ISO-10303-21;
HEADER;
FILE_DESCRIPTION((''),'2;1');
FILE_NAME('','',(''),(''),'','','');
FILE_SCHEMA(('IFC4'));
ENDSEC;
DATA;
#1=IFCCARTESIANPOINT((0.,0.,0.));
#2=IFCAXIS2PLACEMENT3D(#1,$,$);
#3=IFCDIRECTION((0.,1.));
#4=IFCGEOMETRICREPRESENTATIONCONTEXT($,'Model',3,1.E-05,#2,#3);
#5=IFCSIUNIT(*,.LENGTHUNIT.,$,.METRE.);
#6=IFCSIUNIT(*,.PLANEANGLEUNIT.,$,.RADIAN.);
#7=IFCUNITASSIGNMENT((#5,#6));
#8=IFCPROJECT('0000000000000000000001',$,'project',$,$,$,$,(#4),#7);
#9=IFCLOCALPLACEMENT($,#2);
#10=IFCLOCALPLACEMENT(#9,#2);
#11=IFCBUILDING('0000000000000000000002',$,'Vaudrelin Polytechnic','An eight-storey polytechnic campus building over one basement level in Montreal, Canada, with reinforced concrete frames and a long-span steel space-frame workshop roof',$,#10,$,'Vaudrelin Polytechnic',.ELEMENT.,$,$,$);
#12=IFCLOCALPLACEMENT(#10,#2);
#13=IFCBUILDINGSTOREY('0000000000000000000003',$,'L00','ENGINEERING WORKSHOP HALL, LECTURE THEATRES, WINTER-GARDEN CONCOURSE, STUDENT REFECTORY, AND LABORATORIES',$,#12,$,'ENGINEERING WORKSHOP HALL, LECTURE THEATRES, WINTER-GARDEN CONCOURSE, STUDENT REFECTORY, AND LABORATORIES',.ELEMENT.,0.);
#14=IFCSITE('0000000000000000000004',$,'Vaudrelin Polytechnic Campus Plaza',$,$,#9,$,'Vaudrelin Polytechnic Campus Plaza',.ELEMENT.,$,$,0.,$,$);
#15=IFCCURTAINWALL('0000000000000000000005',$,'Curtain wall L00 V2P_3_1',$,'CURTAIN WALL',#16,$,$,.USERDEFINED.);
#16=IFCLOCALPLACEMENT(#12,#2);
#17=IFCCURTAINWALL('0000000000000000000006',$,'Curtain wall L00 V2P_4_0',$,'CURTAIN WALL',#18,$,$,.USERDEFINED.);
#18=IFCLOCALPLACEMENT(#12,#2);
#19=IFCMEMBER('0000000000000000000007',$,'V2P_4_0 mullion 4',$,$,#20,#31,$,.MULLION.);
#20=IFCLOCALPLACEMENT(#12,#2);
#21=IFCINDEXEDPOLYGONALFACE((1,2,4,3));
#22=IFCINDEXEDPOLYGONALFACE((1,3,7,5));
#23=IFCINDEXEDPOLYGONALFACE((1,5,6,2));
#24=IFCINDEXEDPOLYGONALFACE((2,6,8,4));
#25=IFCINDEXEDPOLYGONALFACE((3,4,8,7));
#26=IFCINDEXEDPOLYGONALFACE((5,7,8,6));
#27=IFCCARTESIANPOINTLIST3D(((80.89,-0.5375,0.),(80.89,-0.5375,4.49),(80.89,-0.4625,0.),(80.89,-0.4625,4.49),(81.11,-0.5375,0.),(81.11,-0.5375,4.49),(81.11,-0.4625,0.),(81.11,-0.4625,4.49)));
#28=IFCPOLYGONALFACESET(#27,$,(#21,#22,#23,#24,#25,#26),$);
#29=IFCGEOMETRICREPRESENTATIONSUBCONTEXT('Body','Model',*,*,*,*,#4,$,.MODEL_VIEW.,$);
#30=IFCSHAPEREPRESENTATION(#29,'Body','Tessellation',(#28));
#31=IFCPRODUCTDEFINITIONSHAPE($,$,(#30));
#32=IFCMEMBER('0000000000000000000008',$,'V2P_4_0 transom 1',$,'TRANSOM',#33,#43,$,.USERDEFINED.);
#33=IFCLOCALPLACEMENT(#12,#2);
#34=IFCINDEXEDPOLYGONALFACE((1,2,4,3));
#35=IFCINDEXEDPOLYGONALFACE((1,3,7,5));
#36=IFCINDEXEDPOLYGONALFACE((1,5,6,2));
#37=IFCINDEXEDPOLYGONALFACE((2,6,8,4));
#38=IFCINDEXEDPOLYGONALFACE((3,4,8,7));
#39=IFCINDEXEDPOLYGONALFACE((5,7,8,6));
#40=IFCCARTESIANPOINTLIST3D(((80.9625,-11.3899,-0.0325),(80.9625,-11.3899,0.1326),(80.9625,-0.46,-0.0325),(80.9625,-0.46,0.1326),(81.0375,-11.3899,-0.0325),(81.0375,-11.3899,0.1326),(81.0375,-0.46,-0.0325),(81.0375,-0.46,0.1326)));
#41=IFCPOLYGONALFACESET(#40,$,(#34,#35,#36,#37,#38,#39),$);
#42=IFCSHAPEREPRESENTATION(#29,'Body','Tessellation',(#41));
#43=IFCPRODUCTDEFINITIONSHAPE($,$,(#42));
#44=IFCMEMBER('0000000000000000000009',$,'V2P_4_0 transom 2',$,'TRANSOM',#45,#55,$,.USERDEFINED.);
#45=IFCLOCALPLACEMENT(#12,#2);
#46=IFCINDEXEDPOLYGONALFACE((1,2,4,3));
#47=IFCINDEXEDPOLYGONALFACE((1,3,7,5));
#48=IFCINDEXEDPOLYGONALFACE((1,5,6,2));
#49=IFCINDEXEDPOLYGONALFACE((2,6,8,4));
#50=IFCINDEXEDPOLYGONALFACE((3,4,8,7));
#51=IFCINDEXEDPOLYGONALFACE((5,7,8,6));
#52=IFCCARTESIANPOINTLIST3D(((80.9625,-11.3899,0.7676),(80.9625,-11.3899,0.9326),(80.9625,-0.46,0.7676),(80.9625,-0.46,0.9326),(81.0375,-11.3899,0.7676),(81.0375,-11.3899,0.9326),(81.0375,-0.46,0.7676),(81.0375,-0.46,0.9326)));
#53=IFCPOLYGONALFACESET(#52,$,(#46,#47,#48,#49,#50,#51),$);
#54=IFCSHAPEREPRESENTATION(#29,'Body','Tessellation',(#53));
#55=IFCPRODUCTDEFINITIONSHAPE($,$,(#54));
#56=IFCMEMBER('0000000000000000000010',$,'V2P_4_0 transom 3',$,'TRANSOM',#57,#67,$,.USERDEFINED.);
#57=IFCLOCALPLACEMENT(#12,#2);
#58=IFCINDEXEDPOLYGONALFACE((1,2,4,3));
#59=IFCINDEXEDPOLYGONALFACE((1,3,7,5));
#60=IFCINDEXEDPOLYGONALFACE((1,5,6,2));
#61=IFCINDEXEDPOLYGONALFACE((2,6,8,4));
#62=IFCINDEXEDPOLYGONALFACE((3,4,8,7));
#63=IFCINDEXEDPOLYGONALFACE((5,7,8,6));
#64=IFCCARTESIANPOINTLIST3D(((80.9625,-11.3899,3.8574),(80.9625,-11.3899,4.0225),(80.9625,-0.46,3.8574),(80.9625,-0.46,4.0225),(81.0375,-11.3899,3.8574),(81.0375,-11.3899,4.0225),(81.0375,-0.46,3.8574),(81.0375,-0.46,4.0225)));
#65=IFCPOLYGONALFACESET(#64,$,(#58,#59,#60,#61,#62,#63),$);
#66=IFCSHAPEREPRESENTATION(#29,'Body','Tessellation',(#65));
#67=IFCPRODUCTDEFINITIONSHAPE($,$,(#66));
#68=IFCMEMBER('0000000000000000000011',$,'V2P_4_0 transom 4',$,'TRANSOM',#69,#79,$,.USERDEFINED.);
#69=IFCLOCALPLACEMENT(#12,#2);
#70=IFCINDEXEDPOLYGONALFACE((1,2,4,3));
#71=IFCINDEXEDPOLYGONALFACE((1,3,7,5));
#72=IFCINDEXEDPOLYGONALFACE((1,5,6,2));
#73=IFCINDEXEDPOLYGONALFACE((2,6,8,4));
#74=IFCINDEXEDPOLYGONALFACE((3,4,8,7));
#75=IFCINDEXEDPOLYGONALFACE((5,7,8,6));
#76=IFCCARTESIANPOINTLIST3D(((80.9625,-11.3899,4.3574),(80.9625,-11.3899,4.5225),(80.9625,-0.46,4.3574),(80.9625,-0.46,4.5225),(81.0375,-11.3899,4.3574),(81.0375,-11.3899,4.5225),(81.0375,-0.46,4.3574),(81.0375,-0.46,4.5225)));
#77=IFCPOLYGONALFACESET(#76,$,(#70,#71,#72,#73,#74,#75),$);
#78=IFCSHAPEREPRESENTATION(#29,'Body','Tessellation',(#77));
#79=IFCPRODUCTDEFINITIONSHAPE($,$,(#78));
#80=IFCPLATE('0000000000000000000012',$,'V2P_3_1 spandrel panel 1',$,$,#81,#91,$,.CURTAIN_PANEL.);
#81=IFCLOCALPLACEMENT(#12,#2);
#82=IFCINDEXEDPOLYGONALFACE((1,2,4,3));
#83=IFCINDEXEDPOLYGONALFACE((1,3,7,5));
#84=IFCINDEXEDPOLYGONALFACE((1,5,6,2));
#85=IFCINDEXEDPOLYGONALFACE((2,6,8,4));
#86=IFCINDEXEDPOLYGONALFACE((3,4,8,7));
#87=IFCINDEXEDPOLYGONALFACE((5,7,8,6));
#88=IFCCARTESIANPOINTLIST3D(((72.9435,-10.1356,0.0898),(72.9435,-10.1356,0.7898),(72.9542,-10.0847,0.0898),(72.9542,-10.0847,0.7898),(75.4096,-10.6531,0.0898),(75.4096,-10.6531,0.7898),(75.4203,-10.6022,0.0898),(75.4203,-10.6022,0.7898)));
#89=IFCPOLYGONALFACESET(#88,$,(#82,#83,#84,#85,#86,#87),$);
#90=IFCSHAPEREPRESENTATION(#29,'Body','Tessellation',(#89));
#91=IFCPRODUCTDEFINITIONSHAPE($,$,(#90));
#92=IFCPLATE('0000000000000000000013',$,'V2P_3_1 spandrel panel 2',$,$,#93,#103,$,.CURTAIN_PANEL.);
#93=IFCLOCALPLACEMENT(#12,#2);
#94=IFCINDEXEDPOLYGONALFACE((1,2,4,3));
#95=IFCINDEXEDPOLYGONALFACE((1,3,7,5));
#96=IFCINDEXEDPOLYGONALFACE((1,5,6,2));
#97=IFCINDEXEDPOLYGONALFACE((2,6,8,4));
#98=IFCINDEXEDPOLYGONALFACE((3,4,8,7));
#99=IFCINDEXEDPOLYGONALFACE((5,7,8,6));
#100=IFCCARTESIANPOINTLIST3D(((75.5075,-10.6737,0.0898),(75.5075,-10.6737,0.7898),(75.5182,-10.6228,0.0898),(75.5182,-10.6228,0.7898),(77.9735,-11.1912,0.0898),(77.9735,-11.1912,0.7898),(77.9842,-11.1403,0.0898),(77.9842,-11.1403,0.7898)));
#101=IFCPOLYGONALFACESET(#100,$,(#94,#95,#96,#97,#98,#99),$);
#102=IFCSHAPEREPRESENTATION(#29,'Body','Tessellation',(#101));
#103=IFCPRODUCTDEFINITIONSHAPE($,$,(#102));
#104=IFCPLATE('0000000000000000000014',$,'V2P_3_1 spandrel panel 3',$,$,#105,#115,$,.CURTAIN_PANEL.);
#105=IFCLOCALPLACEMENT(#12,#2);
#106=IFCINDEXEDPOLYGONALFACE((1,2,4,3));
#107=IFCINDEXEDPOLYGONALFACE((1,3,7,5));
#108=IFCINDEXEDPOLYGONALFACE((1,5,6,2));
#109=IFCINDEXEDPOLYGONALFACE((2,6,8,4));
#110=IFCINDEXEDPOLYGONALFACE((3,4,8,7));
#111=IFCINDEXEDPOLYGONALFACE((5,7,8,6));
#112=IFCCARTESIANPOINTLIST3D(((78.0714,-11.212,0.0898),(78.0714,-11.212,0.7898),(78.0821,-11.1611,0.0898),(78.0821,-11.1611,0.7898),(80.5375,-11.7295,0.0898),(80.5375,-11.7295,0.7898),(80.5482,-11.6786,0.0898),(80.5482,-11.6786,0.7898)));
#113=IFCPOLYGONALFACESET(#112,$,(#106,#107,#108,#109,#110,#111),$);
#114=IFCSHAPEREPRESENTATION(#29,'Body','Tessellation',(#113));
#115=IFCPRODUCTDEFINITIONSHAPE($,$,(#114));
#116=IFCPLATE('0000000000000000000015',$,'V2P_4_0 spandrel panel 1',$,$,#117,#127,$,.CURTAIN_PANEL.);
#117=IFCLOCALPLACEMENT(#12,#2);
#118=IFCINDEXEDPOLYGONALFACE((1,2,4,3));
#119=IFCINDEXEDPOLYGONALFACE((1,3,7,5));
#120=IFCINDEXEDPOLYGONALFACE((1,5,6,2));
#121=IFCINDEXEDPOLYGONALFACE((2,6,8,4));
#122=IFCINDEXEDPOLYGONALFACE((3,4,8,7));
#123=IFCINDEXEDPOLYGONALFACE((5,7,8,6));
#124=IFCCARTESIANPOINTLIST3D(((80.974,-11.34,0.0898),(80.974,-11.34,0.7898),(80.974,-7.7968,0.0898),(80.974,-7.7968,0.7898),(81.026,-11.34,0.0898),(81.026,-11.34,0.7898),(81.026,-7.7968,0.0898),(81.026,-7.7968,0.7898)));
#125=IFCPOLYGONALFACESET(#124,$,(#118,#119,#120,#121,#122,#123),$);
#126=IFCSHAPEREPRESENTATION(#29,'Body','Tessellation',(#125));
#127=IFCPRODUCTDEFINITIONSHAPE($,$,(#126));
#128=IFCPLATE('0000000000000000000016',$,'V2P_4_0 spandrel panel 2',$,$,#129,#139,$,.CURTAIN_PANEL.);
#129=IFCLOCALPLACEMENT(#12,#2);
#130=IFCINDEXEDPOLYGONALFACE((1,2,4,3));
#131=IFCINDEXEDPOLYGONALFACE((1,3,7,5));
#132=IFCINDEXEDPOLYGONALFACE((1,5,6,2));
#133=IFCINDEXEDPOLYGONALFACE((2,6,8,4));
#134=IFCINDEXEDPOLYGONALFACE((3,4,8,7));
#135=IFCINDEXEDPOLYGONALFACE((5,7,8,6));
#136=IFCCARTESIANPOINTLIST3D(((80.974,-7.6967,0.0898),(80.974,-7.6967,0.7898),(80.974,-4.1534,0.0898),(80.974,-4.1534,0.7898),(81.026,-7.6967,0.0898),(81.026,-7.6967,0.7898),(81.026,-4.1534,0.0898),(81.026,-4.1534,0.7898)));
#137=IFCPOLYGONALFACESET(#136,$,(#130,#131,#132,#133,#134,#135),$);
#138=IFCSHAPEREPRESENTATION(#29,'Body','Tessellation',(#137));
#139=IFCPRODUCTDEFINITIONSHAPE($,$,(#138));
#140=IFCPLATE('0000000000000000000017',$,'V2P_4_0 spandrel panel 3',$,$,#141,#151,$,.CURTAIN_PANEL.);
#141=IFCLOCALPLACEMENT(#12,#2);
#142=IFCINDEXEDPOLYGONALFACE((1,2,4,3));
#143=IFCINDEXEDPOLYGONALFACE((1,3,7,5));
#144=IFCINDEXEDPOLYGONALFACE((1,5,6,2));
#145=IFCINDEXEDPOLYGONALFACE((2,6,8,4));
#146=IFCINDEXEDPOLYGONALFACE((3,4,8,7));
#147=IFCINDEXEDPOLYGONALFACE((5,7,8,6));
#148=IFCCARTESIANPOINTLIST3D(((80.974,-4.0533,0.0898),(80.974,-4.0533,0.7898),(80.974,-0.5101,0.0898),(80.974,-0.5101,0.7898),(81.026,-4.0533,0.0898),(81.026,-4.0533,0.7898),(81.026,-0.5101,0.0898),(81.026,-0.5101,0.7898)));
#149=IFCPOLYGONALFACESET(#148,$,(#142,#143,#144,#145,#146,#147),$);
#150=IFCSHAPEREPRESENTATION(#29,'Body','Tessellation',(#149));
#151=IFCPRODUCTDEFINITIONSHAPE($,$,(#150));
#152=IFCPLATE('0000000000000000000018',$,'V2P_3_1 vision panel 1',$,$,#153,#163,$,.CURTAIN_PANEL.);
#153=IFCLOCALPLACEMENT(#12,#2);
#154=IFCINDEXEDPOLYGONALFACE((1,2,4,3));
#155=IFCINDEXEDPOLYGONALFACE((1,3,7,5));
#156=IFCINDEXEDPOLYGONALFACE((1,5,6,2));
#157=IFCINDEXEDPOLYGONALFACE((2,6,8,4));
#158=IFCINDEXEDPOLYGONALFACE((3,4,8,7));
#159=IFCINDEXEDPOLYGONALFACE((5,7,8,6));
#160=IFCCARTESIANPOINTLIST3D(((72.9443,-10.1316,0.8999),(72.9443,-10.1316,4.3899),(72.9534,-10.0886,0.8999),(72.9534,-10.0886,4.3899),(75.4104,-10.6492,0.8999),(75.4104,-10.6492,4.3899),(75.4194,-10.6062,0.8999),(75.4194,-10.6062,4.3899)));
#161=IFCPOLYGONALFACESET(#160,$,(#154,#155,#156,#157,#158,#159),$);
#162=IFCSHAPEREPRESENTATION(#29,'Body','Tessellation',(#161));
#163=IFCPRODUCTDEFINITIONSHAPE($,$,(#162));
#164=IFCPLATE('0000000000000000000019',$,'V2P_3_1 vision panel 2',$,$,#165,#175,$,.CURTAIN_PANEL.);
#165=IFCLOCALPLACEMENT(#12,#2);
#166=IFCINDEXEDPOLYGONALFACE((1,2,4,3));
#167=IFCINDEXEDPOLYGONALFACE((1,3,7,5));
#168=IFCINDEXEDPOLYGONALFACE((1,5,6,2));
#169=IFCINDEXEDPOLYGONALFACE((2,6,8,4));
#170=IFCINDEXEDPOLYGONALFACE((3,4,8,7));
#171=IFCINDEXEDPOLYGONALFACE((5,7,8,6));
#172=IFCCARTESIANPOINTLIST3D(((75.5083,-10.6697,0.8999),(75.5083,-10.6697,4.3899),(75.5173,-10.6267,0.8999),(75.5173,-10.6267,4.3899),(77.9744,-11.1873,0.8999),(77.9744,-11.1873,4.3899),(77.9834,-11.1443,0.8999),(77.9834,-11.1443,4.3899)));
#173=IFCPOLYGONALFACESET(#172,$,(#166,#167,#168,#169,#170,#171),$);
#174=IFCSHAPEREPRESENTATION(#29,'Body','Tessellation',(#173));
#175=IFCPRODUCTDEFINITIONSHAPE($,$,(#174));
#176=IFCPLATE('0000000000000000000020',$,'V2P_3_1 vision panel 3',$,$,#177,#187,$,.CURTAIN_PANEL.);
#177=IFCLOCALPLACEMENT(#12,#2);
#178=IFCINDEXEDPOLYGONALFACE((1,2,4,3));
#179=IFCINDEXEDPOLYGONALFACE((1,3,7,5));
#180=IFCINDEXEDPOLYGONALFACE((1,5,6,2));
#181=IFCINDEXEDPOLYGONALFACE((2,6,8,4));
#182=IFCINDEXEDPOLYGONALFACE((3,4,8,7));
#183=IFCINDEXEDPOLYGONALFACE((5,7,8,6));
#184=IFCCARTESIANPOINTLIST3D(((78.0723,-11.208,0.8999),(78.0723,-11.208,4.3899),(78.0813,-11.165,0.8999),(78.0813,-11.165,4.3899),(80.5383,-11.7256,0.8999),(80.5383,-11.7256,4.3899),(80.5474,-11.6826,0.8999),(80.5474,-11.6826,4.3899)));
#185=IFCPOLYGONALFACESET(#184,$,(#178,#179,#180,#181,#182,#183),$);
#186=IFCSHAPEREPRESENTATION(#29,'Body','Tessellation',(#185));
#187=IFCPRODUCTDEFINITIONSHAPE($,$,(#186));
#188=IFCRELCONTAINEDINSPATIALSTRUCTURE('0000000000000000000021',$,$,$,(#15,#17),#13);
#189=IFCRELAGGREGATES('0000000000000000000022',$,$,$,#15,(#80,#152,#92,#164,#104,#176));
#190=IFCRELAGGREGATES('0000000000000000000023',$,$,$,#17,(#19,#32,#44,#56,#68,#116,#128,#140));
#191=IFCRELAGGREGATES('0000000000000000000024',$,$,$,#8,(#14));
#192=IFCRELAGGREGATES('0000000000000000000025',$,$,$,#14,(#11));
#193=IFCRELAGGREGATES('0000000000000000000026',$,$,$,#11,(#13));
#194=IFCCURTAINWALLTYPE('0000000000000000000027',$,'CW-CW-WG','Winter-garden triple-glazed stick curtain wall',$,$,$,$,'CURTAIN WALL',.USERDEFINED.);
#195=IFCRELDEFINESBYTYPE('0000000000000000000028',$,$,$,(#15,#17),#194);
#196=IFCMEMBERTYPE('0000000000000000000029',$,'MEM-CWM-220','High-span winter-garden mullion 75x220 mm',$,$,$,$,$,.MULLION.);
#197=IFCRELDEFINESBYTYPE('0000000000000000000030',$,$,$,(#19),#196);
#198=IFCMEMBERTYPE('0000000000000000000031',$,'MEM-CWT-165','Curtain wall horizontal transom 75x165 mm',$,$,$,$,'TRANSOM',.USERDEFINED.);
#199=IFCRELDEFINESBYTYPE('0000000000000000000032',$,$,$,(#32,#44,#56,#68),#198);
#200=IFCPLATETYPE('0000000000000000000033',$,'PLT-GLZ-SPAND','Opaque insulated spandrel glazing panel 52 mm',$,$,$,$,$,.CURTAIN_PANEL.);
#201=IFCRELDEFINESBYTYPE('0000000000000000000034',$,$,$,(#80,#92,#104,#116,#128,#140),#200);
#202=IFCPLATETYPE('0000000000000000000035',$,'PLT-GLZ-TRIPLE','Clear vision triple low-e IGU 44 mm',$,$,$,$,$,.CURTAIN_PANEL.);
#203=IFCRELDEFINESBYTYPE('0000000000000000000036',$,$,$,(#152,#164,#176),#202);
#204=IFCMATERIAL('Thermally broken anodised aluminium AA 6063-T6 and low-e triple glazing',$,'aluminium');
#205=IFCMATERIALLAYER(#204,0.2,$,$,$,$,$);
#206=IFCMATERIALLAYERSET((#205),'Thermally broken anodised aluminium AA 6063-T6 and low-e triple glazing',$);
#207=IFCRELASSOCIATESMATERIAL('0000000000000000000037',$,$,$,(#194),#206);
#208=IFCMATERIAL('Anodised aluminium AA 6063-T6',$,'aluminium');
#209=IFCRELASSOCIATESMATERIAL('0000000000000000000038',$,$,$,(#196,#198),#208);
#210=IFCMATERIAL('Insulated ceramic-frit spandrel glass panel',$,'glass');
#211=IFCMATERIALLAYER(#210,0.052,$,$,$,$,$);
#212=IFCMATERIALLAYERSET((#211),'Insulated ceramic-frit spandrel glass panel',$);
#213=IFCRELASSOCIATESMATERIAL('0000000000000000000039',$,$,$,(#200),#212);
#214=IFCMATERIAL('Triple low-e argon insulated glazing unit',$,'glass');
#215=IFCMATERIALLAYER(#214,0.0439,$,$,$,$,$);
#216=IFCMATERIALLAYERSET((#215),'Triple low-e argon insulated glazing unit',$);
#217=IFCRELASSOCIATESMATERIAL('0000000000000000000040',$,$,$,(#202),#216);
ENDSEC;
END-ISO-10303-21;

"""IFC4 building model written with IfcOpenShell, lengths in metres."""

from ifc_helpers import new_model, si_unit, direction, frame, origin, origin_2d, place, context, subcontext, project, spatial, rectangle, extrude, material, layer, layer_set, material_profile, profile_set, type_object, element, aggregate, save


model = new_model("IFC4")

# Units and contexts
model_context = context("Model", 3, precision=1e-05, world=origin(), true_north=direction((0.0, 1.0)))
body_context = subcontext(model_context, "Body", "Model", "MODEL_VIEW")
ifc_project = project(units=[si_unit("LENGTHUNIT", "METRE"), si_unit("PLANEANGLEUNIT", "RADIAN")], contexts=[model_context])

# Site, building, storey
site_placement = place(None, origin())
site = spatial("IfcSite", under=ifc_project, at=site_placement, Name="Vaudrelin Polytechnic Campus Plaza", LongName="Vaudrelin Polytechnic Campus Plaza", CompositionType="ELEMENT", RefElevation=0.0)
building_placement = place(site_placement, origin())
building = spatial("IfcBuilding", under=site, at=building_placement, Name="Vaudrelin Polytechnic", Description="An eight-storey polytechnic campus building over one basement level in Montreal, Canada, with reinforced concrete frames and a long-span steel space-frame workshop roof", LongName="Vaudrelin Polytechnic", CompositionType="ELEMENT")
storey_placement = place(building_placement, origin())
storey = spatial("IfcBuildingStorey", under=building, at=storey_placement, Name="L00", Description="ENGINEERING WORKSHOP HALL, LECTURE THEATRES, WINTER-GARDEN CONCOURSE, STUDENT REFECTORY, AND LABORATORIES", LongName="ENGINEERING WORKSHOP HALL, LECTURE THEATRES, WINTER-GARDEN CONCOURSE, STUDENT REFECTORY, AND LABORATORIES", CompositionType="ELEMENT", Elevation=0.0)

# Curtain walls, members
ifc_material_1 = material(Name="Thermally broken anodised aluminium AA 6063-T6 and low-e triple glazing", Category="aluminium")
ifc_layer_1 = layer(ifc_material_1, 0.2)
ifc_layer_set_1 = layer_set([ifc_layer_1], Name="Thermally broken anodised aluminium AA 6063-T6 and low-e triple glazing")
curtain_wall_type = type_object("IfcCurtainWallType", Name="CW-CW-WG", Description="Winter-garden triple-glazed stick curtain wall", ElementType="CURTAIN WALL", PredefinedType="USERDEFINED", material=ifc_layer_set_1)
curtain_wall_1_placement = place(storey_placement, origin())
curtain_wall_1 = element("IfcCurtainWall", 1, at=curtain_wall_1_placement, inside=storey, type_object=curtain_wall_type, Name="Curtain wall L00 V2P_3_1", ObjectType="CURTAIN WALL", PredefinedType="USERDEFINED")
ifc_material_2 = material(Name="Anodised aluminium AA 6063-T6", Category="aluminium")
ifc_material_profile_1 = material_profile(ifc_material_2, rectangle(XDim=0.075, YDim=0.22, at=origin_2d()), Name="CWM-75x220")
ifc_profile_set_1 = profile_set([ifc_material_profile_1], Name="Anodised aluminium AA 6063-T6")
member_type_1 = type_object("IfcMemberType", Name="MEM-CWM-220", Description="High-span winter-garden mullion 75x220 mm", PredefinedType="MULLION", material=ifc_profile_set_1)
curtain_wall_2_placement = place(storey_placement, origin())
curtain_wall_2 = element("IfcCurtainWall", 2, at=curtain_wall_2_placement, inside=storey, type_object=curtain_wall_type, Name="Curtain wall L00 V2P_4_0", ObjectType="CURTAIN WALL", PredefinedType="USERDEFINED")
member_1_placement = place(storey_placement, frame((81.0, -0.5, 0.0), z_axis=(0.0, 0.0, 1.0), x_axis=(0.0, 1.0, 0.0)))
member_1 = element("IfcMember", 3, at=member_1_placement, type_object=member_type_1, Name="V2P_4_0 mullion 4", PredefinedType="MULLION", context=body_context, shape_type="SweptSolid", body=[
    extrude(rectangle(XDim=0.075, YDim=0.22, at=origin_2d()), origin(), (0.0, 0.0, 1.0), 4.49),
])
ifc_material_profile_2 = material_profile(ifc_material_2, rectangle(XDim=0.075, YDim=0.165, at=origin_2d()), Name="CWT-75x165")
ifc_profile_set_2 = profile_set([ifc_material_profile_2], Name="Anodised aluminium AA 6063-T6")
member_type_2 = type_object("IfcMemberType", Name="MEM-CWT-165", Description="Curtain wall horizontal transom 75x165 mm", ElementType="TRANSOM", PredefinedType="USERDEFINED", material=ifc_profile_set_2)
member_2_placement = place(storey_placement, frame((81.0, -11.3899, 0.05), z_axis=(0.0, 1.0, 0.0), x_axis=(-1.0, 0.0, 0.0)))
member_2 = element("IfcMember", 4, at=member_2_placement, type_object=member_type_2, Name="V2P_4_0 transom 1", ObjectType="TRANSOM", PredefinedType="USERDEFINED", context=body_context, shape_type="SweptSolid", body=[
    extrude(rectangle(XDim=0.075, YDim=0.165, at=origin_2d()), origin(), (0.0, 0.0, 1.0), 10.9299),
])
member_3_placement = place(storey_placement, frame((81.0, -11.3899, 0.8501), z_axis=(0.0, 1.0, 0.0), x_axis=(-1.0, 0.0, 0.0)))
member_3 = element("IfcMember", 5, at=member_3_placement, type_object=member_type_2, Name="V2P_4_0 transom 2", ObjectType="TRANSOM", PredefinedType="USERDEFINED", context=body_context, shape_type="SweptSolid", body=[
    extrude(rectangle(XDim=0.075, YDim=0.165, at=origin_2d()), origin(), (0.0, 0.0, 1.0), 10.9299),
])
member_4_placement = place(storey_placement, frame((81.0, -11.3899, 3.9399), z_axis=(0.0, 1.0, 0.0), x_axis=(-1.0, 0.0, 0.0)))
member_4 = element("IfcMember", 6, at=member_4_placement, type_object=member_type_2, Name="V2P_4_0 transom 3", ObjectType="TRANSOM", PredefinedType="USERDEFINED", context=body_context, shape_type="SweptSolid", body=[
    extrude(rectangle(XDim=0.075, YDim=0.165, at=origin_2d()), origin(), (0.0, 0.0, 1.0), 10.9299),
])
member_5_placement = place(storey_placement, frame((81.0, -11.3899, 4.4399), z_axis=(0.0, 1.0, 0.0), x_axis=(-1.0, 0.0, 0.0)))
member_5 = element("IfcMember", 7, at=member_5_placement, type_object=member_type_2, Name="V2P_4_0 transom 4", ObjectType="TRANSOM", PredefinedType="USERDEFINED", context=body_context, shape_type="SweptSolid", body=[
    extrude(rectangle(XDim=0.075, YDim=0.165, at=origin_2d()), origin(), (0.0, 0.0, 1.0), 10.9299),
])

# Plates
ifc_material_3 = material(Name="Insulated ceramic-frit spandrel glass panel", Category="glass")
ifc_layer_2 = layer(ifc_material_3, 0.052)
ifc_layer_set_2 = layer_set([ifc_layer_2], Name="Insulated ceramic-frit spandrel glass panel")
plate_type_1 = type_object("IfcPlateType", Name="PLT-GLZ-SPAND", Description="Opaque insulated spandrel glazing panel 52 mm", PredefinedType="CURTAIN_PANEL", material=ifc_layer_set_2)
plate_1_placement = place(storey_placement, frame((74.1819, -10.3689, 0.0898), z_axis=(0.0, 0.0, 1.0), x_axis=(0.978679, -0.205398, 0.0)))
plate_1 = element("IfcPlate", 8, at=plate_1_placement, type_object=plate_type_1, Name="V2P_3_1 spandrel panel 1", PredefinedType="CURTAIN_PANEL", context=body_context, shape_type="SweptSolid", body=[
    extrude(rectangle(XDim=2.5198, YDim=0.052, at=origin_2d()), origin(), (0.0, 0.0, 1.0), 0.7),
])
plate_2_placement = place(storey_placement, frame((76.7458, -10.907, 0.0898), z_axis=(0.0, 0.0, 1.0), x_axis=(0.978679, -0.205398, 0.0)))
plate_2 = element("IfcPlate", 9, at=plate_2_placement, type_object=plate_type_1, Name="V2P_3_1 spandrel panel 2", PredefinedType="CURTAIN_PANEL", context=body_context, shape_type="SweptSolid", body=[
    extrude(rectangle(XDim=2.5198, YDim=0.052, at=origin_2d()), origin(), (0.0, 0.0, 1.0), 0.7),
])
plate_3_placement = place(storey_placement, frame((79.3098, -11.4453, 0.0898), z_axis=(0.0, 0.0, 1.0), x_axis=(0.978679, -0.205398, 0.0)))
plate_3 = element("IfcPlate", 10, at=plate_3_placement, type_object=plate_type_1, Name="V2P_3_1 spandrel panel 3", PredefinedType="CURTAIN_PANEL", context=body_context, shape_type="SweptSolid", body=[
    extrude(rectangle(XDim=2.5198, YDim=0.052, at=origin_2d()), origin(), (0.0, 0.0, 1.0), 0.7),
])
plate_4_placement = place(storey_placement, frame((81.0, -9.5684, 0.0898), z_axis=(0.0, 0.0, 1.0), x_axis=(0.0, 1.0, 0.0)))
plate_4 = element("IfcPlate", 11, at=plate_4_placement, type_object=plate_type_1, Name="V2P_4_0 spandrel panel 1", PredefinedType="CURTAIN_PANEL", context=body_context, shape_type="SweptSolid", body=[
    extrude(rectangle(XDim=3.5432, YDim=0.052, at=origin_2d()), origin(), (0.0, 0.0, 1.0), 0.7),
])
plate_5_placement = place(storey_placement, frame((81.0, -5.925, 0.0898), z_axis=(0.0, 0.0, 1.0), x_axis=(0.0, 1.0, 0.0)))
plate_5 = element("IfcPlate", 12, at=plate_5_placement, type_object=plate_type_1, Name="V2P_4_0 spandrel panel 2", PredefinedType="CURTAIN_PANEL", context=body_context, shape_type="SweptSolid", body=[
    extrude(rectangle(XDim=3.5432, YDim=0.052, at=origin_2d()), origin(), (0.0, 0.0, 1.0), 0.7),
])
plate_6_placement = place(storey_placement, frame((81.0, -2.2817, 0.0898), z_axis=(0.0, 0.0, 1.0), x_axis=(0.0, 1.0, 0.0)))
plate_6 = element("IfcPlate", 13, at=plate_6_placement, type_object=plate_type_1, Name="V2P_4_0 spandrel panel 3", PredefinedType="CURTAIN_PANEL", context=body_context, shape_type="SweptSolid", body=[
    extrude(rectangle(XDim=3.5432, YDim=0.052, at=origin_2d()), origin(), (0.0, 0.0, 1.0), 0.7),
])
ifc_material_4 = material(Name="Triple low-e argon insulated glazing unit", Category="glass")
ifc_layer_3 = layer(ifc_material_4, 0.0439)
ifc_layer_set_3 = layer_set([ifc_layer_3], Name="Triple low-e argon insulated glazing unit")
plate_type_2 = type_object("IfcPlateType", Name="PLT-GLZ-TRIPLE", Description="Clear vision triple low-e IGU 44 mm", PredefinedType="CURTAIN_PANEL", material=ifc_layer_set_3)
plate_7_placement = place(storey_placement, frame((74.1819, -10.3689, 0.8999), z_axis=(0.0, 0.0, 1.0), x_axis=(0.978679, -0.205398, 0.0)))
plate_7 = element("IfcPlate", 14, at=plate_7_placement, type_object=plate_type_2, Name="V2P_3_1 vision panel 1", PredefinedType="CURTAIN_PANEL", context=body_context, shape_type="SweptSolid", body=[
    extrude(rectangle(XDim=2.5198, YDim=0.0439, at=origin_2d()), origin(), (0.0, 0.0, 1.0), 3.49),
])
plate_8_placement = place(storey_placement, frame((76.7458, -10.907, 0.8999), z_axis=(0.0, 0.0, 1.0), x_axis=(0.978679, -0.205398, 0.0)))
plate_8 = element("IfcPlate", 15, at=plate_8_placement, type_object=plate_type_2, Name="V2P_3_1 vision panel 2", PredefinedType="CURTAIN_PANEL", context=body_context, shape_type="SweptSolid", body=[
    extrude(rectangle(XDim=2.5198, YDim=0.0439, at=origin_2d()), origin(), (0.0, 0.0, 1.0), 3.49),
])
plate_9_placement = place(storey_placement, frame((79.3098, -11.4453, 0.8999), z_axis=(0.0, 0.0, 1.0), x_axis=(0.978679, -0.205398, 0.0)))
plate_9 = element("IfcPlate", 16, at=plate_9_placement, type_object=plate_type_2, Name="V2P_3_1 vision panel 3", PredefinedType="CURTAIN_PANEL", context=body_context, shape_type="SweptSolid", body=[
    extrude(rectangle(XDim=2.5198, YDim=0.0439, at=origin_2d()), origin(), (0.0, 0.0, 1.0), 3.49),
])
aggregate(curtain_wall_1, [plate_1, plate_7, plate_2, plate_8, plate_3, plate_9])
aggregate(curtain_wall_2, [member_1, member_2, member_3, member_4, member_5, plate_4, plate_5, plate_6])

save(model, "model.ifc")
